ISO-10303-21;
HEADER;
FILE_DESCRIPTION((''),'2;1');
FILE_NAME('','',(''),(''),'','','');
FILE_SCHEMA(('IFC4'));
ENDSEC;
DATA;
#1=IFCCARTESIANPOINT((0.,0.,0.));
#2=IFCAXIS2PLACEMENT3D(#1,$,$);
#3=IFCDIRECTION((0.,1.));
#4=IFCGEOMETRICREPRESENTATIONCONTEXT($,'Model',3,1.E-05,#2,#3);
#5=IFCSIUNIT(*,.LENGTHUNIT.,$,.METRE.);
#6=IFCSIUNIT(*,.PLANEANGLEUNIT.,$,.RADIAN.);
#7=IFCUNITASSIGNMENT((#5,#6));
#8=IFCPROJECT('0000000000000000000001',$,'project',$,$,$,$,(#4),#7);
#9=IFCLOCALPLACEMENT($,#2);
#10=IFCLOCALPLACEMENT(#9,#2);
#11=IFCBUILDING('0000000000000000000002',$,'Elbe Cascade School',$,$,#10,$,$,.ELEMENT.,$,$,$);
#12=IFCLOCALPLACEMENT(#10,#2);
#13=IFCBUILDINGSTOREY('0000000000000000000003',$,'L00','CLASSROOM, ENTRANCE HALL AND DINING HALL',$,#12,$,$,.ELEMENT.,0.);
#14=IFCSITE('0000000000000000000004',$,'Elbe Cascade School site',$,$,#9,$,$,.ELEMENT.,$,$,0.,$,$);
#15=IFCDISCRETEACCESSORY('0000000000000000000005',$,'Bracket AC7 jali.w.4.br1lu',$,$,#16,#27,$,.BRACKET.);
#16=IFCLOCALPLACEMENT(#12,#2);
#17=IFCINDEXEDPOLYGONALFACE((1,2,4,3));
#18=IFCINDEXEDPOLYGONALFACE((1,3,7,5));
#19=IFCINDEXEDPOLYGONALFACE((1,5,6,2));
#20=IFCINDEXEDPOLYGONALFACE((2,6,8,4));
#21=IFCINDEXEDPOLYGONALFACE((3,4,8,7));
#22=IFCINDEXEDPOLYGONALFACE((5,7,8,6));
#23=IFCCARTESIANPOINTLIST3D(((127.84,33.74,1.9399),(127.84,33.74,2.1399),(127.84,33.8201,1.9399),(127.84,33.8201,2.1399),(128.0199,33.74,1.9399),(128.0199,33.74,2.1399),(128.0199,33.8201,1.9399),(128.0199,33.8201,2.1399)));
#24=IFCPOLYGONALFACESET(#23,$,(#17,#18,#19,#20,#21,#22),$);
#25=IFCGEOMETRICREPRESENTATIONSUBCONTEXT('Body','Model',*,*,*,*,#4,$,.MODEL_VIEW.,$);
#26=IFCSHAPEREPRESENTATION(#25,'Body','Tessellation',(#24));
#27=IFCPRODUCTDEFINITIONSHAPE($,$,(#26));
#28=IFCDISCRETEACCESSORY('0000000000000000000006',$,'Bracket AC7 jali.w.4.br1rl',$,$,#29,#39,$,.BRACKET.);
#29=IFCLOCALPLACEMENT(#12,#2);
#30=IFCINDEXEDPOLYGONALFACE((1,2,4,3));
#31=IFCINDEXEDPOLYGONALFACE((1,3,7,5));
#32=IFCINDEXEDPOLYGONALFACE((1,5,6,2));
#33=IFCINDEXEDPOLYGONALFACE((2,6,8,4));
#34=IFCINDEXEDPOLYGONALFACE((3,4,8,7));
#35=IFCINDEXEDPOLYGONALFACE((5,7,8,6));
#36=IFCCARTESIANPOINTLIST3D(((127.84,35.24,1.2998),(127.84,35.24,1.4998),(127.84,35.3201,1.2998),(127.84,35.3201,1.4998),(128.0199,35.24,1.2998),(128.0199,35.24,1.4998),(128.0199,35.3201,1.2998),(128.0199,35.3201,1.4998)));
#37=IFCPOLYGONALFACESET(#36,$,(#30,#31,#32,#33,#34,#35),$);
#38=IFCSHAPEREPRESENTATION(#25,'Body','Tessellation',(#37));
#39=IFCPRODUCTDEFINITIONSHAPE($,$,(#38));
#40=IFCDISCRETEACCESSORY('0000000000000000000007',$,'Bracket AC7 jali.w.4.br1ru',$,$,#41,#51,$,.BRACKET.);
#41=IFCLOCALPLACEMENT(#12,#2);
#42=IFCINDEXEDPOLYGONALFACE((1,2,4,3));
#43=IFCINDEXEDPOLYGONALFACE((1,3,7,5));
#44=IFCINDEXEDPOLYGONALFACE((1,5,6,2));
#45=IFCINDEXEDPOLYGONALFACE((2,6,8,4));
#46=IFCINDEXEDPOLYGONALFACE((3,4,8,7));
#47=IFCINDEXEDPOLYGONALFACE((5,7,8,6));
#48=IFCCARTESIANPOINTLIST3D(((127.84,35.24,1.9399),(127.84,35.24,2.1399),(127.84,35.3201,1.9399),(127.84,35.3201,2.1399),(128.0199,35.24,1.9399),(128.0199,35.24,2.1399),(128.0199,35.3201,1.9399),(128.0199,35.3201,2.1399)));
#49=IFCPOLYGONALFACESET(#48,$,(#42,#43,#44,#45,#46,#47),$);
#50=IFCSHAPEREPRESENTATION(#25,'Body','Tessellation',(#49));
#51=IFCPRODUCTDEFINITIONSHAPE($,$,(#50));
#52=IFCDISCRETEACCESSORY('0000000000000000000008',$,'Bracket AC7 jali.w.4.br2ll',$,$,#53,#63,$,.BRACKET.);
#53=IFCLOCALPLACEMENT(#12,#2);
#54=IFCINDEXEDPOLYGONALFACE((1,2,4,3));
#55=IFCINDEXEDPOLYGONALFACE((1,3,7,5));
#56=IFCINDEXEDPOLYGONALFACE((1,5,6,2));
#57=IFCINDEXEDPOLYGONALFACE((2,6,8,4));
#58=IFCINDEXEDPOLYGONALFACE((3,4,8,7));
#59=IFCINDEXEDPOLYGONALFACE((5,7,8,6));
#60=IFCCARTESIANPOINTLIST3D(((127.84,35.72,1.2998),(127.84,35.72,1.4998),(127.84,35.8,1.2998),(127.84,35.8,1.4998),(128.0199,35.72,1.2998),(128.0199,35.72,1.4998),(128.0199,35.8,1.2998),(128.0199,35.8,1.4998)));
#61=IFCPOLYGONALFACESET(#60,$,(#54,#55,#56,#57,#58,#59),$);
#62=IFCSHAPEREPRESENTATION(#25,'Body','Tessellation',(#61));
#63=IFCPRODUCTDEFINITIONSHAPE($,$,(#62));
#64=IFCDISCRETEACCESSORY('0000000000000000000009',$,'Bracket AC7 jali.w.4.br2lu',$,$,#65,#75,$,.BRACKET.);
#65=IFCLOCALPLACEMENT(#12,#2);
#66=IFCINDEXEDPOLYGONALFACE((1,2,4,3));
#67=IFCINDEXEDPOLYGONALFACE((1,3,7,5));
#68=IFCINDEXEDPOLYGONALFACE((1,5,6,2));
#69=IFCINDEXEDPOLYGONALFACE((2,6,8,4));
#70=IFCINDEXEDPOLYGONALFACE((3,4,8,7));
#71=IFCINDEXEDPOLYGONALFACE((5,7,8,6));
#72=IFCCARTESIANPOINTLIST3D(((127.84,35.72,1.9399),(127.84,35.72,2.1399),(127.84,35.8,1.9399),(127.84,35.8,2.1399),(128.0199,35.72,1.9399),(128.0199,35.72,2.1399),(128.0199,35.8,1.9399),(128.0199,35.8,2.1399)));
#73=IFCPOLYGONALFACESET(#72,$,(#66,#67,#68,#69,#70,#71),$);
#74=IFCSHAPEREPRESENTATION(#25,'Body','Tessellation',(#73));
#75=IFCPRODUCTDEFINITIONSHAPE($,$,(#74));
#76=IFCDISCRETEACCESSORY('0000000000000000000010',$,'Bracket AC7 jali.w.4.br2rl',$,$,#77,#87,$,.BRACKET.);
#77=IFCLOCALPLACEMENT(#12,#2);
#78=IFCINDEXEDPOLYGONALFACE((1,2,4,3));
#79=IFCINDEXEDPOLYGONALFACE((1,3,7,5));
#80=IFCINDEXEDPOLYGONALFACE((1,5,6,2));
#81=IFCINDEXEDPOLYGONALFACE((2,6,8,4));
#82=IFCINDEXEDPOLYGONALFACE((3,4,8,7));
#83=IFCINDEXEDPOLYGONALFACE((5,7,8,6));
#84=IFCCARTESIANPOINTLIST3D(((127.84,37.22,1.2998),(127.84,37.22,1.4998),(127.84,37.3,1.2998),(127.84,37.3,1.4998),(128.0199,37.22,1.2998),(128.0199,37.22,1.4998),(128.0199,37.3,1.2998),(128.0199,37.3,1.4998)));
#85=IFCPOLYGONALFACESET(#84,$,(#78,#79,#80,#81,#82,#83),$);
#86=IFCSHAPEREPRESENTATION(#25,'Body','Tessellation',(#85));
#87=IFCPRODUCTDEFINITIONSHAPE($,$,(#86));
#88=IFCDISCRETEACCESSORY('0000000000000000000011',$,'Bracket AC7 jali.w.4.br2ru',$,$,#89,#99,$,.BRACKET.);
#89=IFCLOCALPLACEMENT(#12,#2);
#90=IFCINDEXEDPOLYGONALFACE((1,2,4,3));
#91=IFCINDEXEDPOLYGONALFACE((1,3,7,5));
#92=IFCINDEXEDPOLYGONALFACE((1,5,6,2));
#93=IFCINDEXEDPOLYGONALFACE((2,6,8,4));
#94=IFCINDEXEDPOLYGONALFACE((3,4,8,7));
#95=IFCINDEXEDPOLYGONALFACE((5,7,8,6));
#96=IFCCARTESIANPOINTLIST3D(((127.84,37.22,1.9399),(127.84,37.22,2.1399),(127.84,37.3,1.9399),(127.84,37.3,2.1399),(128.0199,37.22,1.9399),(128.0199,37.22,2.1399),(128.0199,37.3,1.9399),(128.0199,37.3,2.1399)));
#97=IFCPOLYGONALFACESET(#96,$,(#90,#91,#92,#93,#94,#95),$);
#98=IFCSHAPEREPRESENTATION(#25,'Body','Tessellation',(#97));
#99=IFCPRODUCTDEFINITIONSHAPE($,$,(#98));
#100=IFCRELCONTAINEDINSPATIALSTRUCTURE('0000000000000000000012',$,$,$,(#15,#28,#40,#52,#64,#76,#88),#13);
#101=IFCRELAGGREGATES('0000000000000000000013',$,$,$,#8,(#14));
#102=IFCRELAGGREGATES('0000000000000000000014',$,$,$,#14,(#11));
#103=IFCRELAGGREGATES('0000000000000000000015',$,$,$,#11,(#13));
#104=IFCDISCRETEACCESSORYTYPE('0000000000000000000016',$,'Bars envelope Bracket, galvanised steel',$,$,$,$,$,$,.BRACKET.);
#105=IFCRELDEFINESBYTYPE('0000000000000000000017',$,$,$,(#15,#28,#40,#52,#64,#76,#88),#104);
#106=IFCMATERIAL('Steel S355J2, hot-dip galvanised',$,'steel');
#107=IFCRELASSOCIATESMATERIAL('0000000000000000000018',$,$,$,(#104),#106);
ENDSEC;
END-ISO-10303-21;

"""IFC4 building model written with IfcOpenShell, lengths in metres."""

from ifc_helpers import new_model, si_unit, direction, frame, origin, origin_2d, place, context, subcontext, project, spatial, rectangle, extrude, material, type_object, element, save


model = new_model("IFC4")

# Units and contexts
model_context = context("Model", 3, precision=1e-05, world=origin(), true_north=direction((0.0, 1.0)))
body_context = subcontext(model_context, "Body", "Model", "MODEL_VIEW")
ifc_project = project(units=[si_unit("LENGTHUNIT", "METRE"), si_unit("PLANEANGLEUNIT", "RADIAN")], contexts=[model_context])

# Site, building, storey
site_placement = place(None, origin())
site = spatial("IfcSite", under=ifc_project, at=site_placement, Name="Elbe Cascade School site", CompositionType="ELEMENT", RefElevation=0.0)
building_placement = place(site_placement, origin())
building = spatial("IfcBuilding", under=site, at=building_placement, Name="Elbe Cascade School", CompositionType="ELEMENT")
storey_placement = place(building_placement, origin())
storey = spatial("IfcBuildingStorey", under=building, at=storey_placement, Name="L00", Description="CLASSROOM, ENTRANCE HALL AND DINING HALL", CompositionType="ELEMENT", Elevation=0.0)

# Discrete accessories
ifc_material_1 = material(Name="Steel S355J2, hot-dip galvanised", Category="steel")
discrete_accessory_type = type_object("IfcDiscreteAccessoryType", Name="Bars envelope Bracket, galvanised steel", PredefinedType="BRACKET", material=ifc_material_1)
for number, where, z_axis, x_axis, name in (
    (1, (127.9299, 33.78, 1.9399), (0.0, 0.0, 1.0), (0.0, 1.0, 0.0), "Bracket AC7 jali.w.4.br1lu"),
    (2, (127.9299, 35.28, 1.2998), (0.0, 0.0, 1.0), (0.0, 1.0, 0.0), "Bracket AC7 jali.w.4.br1rl"),
    (3, (127.9299, 35.28, 1.9399), (0.0, 0.0, 1.0), (0.0, 1.0, 0.0), "Bracket AC7 jali.w.4.br1ru"),
    (4, (127.9299, 35.76, 1.2998), (0.0, 0.0, 1.0), (0.0, 1.0, 0.0), "Bracket AC7 jali.w.4.br2ll"),
    (5, (127.9299, 35.76, 1.9399), (0.0, 0.0, 1.0), (0.0, 1.0, 0.0), "Bracket AC7 jali.w.4.br2lu"),
    (6, (127.9299, 37.26, 1.2998), (0.0, 0.0, 1.0), (0.0, 1.0, 0.0), "Bracket AC7 jali.w.4.br2rl"),
    (7, (127.9299, 37.26, 1.9399), (0.0, 0.0, 1.0), (0.0, 1.0, 0.0), "Bracket AC7 jali.w.4.br2ru"),
):
    element("IfcDiscreteAccessory", number, at=place(storey_placement, frame(where, z_axis=z_axis, x_axis=x_axis)), inside=storey, type_object=discrete_accessory_type, Name=name, PredefinedType="BRACKET", context=body_context, shape_type="SweptSolid", body=[
        extrude(rectangle(XDim=0.0801, YDim=0.1799, at=origin_2d()), origin(), (0.0, 0.0, 1.0), 0.2),
    ])

save(model, "model.ifc")
